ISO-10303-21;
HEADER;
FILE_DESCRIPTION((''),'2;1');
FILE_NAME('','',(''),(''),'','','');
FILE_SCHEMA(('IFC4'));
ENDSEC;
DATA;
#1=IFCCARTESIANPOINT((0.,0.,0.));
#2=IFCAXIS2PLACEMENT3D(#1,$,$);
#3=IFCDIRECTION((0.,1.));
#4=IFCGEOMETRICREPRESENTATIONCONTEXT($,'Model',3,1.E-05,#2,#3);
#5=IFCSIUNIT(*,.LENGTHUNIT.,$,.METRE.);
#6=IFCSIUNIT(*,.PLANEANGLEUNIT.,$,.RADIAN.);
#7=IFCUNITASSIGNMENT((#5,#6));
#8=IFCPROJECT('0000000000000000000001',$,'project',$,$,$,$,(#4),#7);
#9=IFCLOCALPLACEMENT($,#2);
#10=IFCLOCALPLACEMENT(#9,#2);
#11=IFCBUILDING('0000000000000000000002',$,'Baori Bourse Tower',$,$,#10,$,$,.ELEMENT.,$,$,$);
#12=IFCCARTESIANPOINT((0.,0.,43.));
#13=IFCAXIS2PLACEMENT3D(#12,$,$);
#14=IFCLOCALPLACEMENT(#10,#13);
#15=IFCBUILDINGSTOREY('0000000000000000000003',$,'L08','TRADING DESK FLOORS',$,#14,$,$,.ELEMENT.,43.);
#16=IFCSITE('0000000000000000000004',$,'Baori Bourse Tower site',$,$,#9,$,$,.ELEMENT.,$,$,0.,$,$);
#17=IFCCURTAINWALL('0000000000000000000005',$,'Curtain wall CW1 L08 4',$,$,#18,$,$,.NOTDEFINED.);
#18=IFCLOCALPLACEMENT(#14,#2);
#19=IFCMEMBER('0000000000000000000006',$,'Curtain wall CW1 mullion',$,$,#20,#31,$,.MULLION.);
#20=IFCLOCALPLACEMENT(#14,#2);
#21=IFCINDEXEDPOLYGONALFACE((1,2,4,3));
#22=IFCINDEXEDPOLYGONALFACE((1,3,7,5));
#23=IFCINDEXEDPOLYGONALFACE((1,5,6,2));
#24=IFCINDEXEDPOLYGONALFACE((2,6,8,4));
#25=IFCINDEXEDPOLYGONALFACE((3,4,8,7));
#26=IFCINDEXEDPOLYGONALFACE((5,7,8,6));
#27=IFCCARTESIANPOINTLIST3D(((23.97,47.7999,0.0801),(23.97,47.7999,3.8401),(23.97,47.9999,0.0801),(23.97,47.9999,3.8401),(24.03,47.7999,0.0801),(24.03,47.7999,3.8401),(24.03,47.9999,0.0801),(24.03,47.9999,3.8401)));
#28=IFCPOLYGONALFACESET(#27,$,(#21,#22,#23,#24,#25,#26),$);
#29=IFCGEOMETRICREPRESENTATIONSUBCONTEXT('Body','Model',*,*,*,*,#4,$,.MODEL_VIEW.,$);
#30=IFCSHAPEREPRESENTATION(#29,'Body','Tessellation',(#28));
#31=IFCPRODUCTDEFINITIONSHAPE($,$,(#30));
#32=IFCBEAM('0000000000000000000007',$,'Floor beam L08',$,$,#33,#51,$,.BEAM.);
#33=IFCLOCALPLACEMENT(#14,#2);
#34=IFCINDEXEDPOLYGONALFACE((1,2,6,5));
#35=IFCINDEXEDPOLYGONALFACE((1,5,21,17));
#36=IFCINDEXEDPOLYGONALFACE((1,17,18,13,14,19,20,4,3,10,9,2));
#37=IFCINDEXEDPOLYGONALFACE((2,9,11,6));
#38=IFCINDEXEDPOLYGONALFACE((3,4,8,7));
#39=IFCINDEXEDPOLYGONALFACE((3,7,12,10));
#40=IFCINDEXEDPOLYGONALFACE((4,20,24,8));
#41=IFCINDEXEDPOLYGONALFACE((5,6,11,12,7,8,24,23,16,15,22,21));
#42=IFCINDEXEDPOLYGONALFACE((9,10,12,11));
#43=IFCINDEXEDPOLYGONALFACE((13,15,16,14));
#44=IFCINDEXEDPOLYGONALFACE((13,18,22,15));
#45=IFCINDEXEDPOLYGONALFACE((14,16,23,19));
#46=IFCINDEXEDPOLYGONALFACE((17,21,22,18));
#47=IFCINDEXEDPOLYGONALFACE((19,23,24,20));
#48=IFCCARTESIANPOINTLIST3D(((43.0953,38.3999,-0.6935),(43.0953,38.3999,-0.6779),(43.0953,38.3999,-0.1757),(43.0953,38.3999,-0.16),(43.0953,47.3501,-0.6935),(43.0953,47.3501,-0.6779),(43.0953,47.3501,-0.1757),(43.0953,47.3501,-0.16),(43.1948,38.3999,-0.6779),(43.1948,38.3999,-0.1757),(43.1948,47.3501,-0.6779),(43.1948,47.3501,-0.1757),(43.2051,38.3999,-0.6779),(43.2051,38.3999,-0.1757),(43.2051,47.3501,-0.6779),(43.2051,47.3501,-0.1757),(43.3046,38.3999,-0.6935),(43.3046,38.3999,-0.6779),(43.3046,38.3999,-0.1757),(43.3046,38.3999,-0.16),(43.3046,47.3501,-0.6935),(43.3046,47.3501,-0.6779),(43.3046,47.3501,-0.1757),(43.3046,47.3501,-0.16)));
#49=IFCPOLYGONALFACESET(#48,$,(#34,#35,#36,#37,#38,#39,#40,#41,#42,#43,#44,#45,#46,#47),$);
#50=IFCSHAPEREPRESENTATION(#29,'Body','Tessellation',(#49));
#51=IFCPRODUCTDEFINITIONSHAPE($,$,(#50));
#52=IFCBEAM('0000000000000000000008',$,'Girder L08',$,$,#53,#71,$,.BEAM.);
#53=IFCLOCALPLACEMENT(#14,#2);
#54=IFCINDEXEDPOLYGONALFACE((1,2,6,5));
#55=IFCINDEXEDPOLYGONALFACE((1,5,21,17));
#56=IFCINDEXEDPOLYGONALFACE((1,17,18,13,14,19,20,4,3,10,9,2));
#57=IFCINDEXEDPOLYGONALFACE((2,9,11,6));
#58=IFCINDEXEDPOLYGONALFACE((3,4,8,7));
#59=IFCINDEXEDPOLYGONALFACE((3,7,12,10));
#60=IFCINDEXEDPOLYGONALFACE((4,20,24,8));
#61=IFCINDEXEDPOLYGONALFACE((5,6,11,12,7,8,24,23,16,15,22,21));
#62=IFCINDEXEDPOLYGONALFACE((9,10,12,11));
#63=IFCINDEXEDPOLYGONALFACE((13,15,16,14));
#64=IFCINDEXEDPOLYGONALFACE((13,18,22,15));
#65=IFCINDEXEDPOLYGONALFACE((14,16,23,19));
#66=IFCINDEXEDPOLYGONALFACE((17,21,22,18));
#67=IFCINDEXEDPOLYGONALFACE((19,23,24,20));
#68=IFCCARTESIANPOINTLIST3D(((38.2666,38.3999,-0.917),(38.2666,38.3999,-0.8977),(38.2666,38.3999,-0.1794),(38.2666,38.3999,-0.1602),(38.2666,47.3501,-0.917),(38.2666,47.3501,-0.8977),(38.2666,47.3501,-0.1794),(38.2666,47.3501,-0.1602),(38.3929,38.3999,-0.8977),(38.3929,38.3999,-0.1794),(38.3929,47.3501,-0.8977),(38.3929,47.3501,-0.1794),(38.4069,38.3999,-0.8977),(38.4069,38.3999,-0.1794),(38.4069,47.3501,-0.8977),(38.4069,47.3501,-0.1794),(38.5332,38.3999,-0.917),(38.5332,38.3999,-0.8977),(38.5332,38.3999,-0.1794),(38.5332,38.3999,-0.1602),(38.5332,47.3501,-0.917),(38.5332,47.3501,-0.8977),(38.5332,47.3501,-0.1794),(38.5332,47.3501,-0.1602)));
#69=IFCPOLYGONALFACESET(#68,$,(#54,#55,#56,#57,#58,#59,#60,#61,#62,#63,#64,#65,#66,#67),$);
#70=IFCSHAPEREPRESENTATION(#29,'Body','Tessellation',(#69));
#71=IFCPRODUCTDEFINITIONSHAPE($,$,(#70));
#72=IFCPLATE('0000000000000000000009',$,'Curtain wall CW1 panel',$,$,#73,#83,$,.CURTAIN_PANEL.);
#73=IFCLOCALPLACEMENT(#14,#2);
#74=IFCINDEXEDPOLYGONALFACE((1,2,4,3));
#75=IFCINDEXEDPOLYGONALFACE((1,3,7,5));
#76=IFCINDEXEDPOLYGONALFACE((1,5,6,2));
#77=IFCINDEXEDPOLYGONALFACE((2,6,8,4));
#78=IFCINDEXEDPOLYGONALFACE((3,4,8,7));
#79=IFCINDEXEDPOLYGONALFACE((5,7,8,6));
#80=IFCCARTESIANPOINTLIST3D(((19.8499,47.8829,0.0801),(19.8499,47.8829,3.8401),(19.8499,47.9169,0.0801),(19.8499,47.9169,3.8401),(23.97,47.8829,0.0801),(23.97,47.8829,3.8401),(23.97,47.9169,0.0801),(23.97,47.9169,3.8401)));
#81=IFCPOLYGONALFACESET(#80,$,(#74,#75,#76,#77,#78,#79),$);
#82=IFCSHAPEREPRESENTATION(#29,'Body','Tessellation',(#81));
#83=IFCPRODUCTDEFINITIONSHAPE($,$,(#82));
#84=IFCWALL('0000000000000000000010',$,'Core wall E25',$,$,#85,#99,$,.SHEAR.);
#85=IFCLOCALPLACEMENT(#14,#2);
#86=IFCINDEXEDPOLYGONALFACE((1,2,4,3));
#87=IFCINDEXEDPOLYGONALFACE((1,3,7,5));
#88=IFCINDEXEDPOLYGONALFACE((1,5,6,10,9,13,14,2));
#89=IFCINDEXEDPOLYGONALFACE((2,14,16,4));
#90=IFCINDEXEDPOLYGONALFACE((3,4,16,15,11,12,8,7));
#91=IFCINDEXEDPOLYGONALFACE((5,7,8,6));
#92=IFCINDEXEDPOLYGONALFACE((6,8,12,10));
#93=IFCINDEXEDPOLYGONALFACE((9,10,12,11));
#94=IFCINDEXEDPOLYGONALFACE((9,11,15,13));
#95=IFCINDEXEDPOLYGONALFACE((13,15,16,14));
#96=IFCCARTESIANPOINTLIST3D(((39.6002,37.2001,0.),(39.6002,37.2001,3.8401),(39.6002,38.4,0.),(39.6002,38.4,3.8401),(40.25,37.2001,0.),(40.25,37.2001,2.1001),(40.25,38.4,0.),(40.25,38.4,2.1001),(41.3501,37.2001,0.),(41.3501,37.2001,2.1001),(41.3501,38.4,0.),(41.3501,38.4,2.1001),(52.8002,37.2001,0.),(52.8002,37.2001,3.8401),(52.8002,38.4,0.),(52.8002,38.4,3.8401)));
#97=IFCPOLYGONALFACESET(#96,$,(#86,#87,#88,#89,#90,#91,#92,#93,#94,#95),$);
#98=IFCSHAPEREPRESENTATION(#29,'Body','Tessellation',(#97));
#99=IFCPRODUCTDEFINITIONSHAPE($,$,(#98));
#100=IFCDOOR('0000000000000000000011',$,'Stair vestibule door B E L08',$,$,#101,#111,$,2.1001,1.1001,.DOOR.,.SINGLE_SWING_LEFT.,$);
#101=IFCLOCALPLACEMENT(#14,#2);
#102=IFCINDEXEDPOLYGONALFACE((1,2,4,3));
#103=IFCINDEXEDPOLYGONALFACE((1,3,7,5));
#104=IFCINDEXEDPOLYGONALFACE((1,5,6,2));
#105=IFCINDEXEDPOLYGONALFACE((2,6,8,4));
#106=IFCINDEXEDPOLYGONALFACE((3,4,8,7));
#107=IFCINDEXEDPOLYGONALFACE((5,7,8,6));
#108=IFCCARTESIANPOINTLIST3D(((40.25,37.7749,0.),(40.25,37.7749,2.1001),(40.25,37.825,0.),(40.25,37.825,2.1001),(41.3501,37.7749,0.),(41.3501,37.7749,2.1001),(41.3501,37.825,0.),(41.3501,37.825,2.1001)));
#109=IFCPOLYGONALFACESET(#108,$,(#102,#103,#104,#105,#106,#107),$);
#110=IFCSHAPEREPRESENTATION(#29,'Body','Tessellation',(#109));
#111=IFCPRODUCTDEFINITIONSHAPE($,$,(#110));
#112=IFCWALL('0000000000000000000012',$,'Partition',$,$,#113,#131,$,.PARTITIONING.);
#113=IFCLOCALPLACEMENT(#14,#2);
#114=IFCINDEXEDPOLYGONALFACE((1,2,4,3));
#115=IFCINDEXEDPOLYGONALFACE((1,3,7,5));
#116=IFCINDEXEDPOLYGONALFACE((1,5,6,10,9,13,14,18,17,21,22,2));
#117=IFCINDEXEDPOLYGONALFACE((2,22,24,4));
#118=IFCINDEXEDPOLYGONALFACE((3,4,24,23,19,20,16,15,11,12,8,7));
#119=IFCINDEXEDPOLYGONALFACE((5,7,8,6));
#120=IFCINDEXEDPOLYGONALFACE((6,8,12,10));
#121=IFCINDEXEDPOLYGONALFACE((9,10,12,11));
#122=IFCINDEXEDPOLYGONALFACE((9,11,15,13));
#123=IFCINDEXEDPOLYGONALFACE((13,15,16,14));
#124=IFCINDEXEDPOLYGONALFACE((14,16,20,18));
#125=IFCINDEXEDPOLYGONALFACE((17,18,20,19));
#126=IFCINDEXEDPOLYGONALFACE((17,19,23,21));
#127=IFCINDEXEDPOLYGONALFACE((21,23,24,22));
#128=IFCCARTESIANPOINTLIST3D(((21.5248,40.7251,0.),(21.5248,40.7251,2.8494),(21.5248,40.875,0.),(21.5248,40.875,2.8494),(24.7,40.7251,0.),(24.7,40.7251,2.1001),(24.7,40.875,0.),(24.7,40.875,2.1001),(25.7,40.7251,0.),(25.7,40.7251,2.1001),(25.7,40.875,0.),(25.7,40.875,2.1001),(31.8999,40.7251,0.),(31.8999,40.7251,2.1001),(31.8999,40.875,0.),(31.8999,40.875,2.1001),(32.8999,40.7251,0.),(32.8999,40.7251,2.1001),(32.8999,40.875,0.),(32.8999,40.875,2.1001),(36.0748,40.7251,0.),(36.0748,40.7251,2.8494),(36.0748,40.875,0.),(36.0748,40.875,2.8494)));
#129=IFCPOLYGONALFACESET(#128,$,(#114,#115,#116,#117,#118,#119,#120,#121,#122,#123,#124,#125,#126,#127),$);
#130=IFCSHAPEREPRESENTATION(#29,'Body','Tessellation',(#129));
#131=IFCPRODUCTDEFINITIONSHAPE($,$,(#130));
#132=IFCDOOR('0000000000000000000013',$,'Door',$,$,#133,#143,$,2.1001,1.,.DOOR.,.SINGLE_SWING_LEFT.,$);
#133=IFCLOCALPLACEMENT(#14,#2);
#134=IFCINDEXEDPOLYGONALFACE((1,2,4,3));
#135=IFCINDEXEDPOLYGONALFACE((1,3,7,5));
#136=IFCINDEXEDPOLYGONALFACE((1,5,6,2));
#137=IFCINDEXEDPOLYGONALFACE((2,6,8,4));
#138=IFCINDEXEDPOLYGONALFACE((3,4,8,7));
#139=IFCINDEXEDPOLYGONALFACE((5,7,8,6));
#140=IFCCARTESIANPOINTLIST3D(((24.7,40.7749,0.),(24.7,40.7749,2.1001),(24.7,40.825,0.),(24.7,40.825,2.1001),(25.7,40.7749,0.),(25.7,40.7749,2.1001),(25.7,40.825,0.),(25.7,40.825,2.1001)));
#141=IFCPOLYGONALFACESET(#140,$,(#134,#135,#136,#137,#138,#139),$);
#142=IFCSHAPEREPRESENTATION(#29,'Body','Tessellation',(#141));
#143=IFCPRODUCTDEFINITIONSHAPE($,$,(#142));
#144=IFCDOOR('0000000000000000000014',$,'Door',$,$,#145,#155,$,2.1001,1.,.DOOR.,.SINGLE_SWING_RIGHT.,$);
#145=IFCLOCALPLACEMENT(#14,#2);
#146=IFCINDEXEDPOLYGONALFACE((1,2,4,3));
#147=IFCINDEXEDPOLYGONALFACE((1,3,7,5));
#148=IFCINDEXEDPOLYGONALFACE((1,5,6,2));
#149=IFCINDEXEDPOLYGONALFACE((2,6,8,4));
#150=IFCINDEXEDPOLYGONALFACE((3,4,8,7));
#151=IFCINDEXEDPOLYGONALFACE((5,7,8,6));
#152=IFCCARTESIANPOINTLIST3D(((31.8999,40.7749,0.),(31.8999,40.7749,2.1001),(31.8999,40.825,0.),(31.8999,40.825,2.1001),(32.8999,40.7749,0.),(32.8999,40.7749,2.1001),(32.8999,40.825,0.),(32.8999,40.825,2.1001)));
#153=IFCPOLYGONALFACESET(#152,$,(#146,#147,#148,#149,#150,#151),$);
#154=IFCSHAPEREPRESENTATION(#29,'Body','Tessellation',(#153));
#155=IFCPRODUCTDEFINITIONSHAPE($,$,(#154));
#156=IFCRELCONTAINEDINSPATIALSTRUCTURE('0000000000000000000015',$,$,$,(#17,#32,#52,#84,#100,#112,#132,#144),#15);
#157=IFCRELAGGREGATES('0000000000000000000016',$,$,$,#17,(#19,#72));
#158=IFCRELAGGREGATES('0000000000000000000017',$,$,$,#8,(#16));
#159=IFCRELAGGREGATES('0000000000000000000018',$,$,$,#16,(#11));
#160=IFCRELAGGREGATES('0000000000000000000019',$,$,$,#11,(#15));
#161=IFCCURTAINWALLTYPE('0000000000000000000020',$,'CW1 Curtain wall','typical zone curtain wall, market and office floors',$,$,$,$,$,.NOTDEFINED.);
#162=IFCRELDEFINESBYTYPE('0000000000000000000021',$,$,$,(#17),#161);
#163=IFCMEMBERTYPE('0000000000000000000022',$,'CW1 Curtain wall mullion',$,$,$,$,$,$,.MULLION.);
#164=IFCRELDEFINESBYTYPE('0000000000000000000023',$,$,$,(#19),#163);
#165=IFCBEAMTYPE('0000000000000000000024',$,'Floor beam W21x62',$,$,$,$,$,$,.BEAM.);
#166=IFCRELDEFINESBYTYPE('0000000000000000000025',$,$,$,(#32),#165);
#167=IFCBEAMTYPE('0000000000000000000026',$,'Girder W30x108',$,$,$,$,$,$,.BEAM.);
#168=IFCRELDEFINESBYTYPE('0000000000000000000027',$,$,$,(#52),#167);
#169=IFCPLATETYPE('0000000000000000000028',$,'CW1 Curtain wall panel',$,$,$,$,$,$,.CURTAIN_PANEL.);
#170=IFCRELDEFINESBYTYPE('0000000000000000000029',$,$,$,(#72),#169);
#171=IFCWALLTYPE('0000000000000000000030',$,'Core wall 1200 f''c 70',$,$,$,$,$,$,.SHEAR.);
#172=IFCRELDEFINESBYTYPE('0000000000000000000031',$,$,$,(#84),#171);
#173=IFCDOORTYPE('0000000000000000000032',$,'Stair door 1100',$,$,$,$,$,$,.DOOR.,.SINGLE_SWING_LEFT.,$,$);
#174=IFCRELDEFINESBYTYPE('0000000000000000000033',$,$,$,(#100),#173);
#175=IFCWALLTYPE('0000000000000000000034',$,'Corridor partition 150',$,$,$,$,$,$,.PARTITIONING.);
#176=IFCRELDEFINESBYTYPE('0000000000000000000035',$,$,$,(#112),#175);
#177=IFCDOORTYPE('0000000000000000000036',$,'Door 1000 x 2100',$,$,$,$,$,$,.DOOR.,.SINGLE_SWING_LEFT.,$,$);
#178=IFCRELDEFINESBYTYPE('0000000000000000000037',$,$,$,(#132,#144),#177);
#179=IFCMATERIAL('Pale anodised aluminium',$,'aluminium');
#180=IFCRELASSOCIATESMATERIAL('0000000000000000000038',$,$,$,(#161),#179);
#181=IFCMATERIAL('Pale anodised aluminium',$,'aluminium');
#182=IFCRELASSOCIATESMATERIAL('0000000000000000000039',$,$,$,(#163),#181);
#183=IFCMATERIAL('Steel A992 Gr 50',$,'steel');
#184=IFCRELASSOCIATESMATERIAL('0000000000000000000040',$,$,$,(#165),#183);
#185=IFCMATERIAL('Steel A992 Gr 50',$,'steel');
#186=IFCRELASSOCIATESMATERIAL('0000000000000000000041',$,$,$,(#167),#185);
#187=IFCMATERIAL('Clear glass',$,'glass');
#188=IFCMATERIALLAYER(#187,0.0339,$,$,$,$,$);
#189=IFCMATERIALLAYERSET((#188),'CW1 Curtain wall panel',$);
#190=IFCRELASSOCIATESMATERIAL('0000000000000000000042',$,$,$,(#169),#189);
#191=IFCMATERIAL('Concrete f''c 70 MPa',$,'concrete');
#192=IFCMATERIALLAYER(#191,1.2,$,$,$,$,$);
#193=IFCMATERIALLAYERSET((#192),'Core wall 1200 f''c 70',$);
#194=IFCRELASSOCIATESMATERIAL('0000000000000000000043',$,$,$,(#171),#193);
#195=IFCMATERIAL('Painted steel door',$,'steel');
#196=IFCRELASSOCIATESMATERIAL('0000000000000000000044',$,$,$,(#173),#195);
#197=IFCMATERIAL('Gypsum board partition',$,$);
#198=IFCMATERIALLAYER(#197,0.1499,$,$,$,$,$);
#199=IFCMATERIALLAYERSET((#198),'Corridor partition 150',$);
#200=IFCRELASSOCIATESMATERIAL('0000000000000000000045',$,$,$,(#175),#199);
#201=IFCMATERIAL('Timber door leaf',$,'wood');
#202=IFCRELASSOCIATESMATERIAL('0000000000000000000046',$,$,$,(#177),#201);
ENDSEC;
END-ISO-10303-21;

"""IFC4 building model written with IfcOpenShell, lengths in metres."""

from ifc_helpers import new_model, si_unit, direction, frame, frame_2d, origin, origin_2d, place, context, subcontext, project, spatial, rectangle, i_section, extrude, material, layer, layer_set, material_profile, profile_set, type_object, element, fill, aggregate, save


model = new_model("IFC4")

# Units and contexts
model_context = context("Model", 3, precision=1e-05, world=origin(), true_north=direction((0.0, 1.0)))
body_context = subcontext(model_context, "Body", "Model", "MODEL_VIEW")
ifc_project = project(units=[si_unit("LENGTHUNIT", "METRE"), si_unit("PLANEANGLEUNIT", "RADIAN")], contexts=[model_context])

# Site, building, storey
site_placement = place(None, origin())
site = spatial("IfcSite", under=ifc_project, at=site_placement, Name="Baori Bourse Tower site", CompositionType="ELEMENT", RefElevation=0.0)
building_placement = place(site_placement, origin())
building = spatial("IfcBuilding", under=site, at=building_placement, Name="Baori Bourse Tower", CompositionType="ELEMENT")
storey_placement = place(building_placement, frame((0.0, 0.0, 43.0)))
storey = spatial("IfcBuildingStorey", under=building, at=storey_placement, Name="L08", Description="TRADING DESK FLOORS", CompositionType="ELEMENT", Elevation=43.0)

# Curtain wall, member
ifc_material_1 = material(Name="Pale anodised aluminium", Category="aluminium")
curtain_wall_type = type_object("IfcCurtainWallType", Name="CW1 Curtain wall", Description="typical zone curtain wall, market and office floors", PredefinedType="NOTDEFINED", material=ifc_material_1)
curtain_wall_placement = place(storey_placement, origin())
curtain_wall = element("IfcCurtainWall", 1, at=curtain_wall_placement, inside=storey, type_object=curtain_wall_type, Name="Curtain wall CW1 L08 4", PredefinedType="NOTDEFINED")
ifc_material_2 = material(Name="Pale anodised aluminium", Category="aluminium")
ifc_material_profile_1 = material_profile(ifc_material_2, rectangle(XDim=0.2, YDim=0.0601, at=origin_2d()), Name="Mullion 60x200")
ifc_profile_set_1 = profile_set([ifc_material_profile_1], Name="Pale anodised aluminium")
member_type = type_object("IfcMemberType", Name="CW1 Curtain wall mullion", PredefinedType="MULLION", material=ifc_profile_set_1)
member_placement = place(storey_placement, frame((24.0, 47.8999, 0.0801), z_axis=(0.0, 0.0, 1.0), x_axis=(0.0, -1.0, 0.0)))
member = element("IfcMember", 2, at=member_placement, type_object=member_type, Name="Curtain wall CW1 mullion", PredefinedType="MULLION", context=body_context, shape_type="SweptSolid", body=[
    extrude(rectangle(XDim=0.2, YDim=0.0601, at=origin_2d()), origin(), (0.0, 0.0, 1.0), 3.76),
])

# Beams
ifc_material_3 = material(Name="Steel A992 Gr 50", Category="steel")
ifc_material_profile_2 = material_profile(ifc_material_3, i_section(OverallWidth=0.2092, OverallDepth=0.5334, WebThickness=0.0103, FlangeThickness=0.0156, at=origin_2d()), Name="W21x62")
ifc_profile_set_2 = profile_set([ifc_material_profile_2], Name="Steel A992 Gr 50")
beam_type_1 = type_object("IfcBeamType", Name="Floor beam W21x62", PredefinedType="BEAM", material=ifc_profile_set_2)
beam_1_placement = place(storey_placement, frame((43.2, 38.3999, -0.4268), z_axis=(0.0, 1.0, 0.0), x_axis=(-1.0, 0.0, 0.0)))
element("IfcBeam", 3, at=beam_1_placement, inside=storey, type_object=beam_type_1, Name="Floor beam L08", PredefinedType="BEAM", context=body_context, shape_type="SweptSolid", body=[
    extrude(i_section(OverallWidth=0.2092, OverallDepth=0.5334, WebThickness=0.0103, FlangeThickness=0.0156, at=origin_2d()), origin(), (0.0, 0.0, 1.0), 8.9502),
])
ifc_material_4 = material(Name="Steel A992 Gr 50", Category="steel")
ifc_material_profile_3 = material_profile(ifc_material_4, i_section(OverallWidth=0.2666, OverallDepth=0.7568, WebThickness=0.0139, FlangeThickness=0.0193, at=origin_2d()), Name="W30x108")
ifc_profile_set_3 = profile_set([ifc_material_profile_3], Name="Steel A992 Gr 50")
beam_type_2 = type_object("IfcBeamType", Name="Girder W30x108", PredefinedType="BEAM", material=ifc_profile_set_3)
beam_2_placement = place(storey_placement, frame((38.3999, 38.3999, -0.5386), z_axis=(0.0, 1.0, 0.0), x_axis=(-1.0, 0.0, 0.0)))
element("IfcBeam", 4, at=beam_2_placement, inside=storey, type_object=beam_type_2, Name="Girder L08", PredefinedType="BEAM", context=body_context, shape_type="SweptSolid", body=[
    extrude(i_section(OverallWidth=0.2666, OverallDepth=0.7568, WebThickness=0.0139, FlangeThickness=0.0193, at=origin_2d()), origin(), (0.0, 0.0, 1.0), 8.9502),
])

# Plate
ifc_material_5 = material(Name="Clear glass", Category="glass")
ifc_layer_1 = layer(ifc_material_5, 0.0339)
ifc_layer_set_1 = layer_set([ifc_layer_1], Name="CW1 Curtain wall panel")
plate_type = type_object("IfcPlateType", Name="CW1 Curtain wall panel", PredefinedType="CURTAIN_PANEL", material=ifc_layer_set_1)
plate_placement = place(storey_placement, frame((21.9099, 47.8999, 0.0801), z_axis=(0.0, 0.0, 1.0), x_axis=(-1.0, 0.0, 0.0)))
plate = element("IfcPlate", 5, at=plate_placement, type_object=plate_type, Name="Curtain wall CW1 panel", PredefinedType="CURTAIN_PANEL", context=body_context, shape_type="SweptSolid", body=[
    extrude(rectangle(XDim=4.1201, YDim=0.0339, at=origin_2d()), origin(), (0.0, 0.0, 1.0), 3.76),
])
aggregate(curtain_wall, [member, plate])

# Wall, opening, door
ifc_material_6 = material(Name="Concrete f'c 70 MPa", Category="concrete")
ifc_layer_2 = layer(ifc_material_6, 1.2)
ifc_layer_set_2 = layer_set([ifc_layer_2], Name="Core wall 1200 f'c 70")
wall_type_1 = type_object("IfcWallType", Name="Core wall 1200 f'c 70", PredefinedType="SHEAR", material=ifc_layer_set_2)
wall_1_placement = place(storey_placement, frame((39.6001, 37.8, 0.0), z_axis=(0.0, 0.0, 1.0), x_axis=(1.0, 0.0, 0.0)))
wall_1 = element("IfcWall", 6, at=wall_1_placement, inside=storey, type_object=wall_type_1, Name="Core wall E25", PredefinedType="SHEAR", context=body_context, shape_type="SweptSolid", body=[
    extrude(rectangle(XDim=13.2, YDim=1.2, at=frame_2d((6.6001, 0.0))), origin(), (0.0, 0.0, 1.0), 3.8401),
])
opening_1_placement = place(wall_1_placement, frame((0.6499, 0.0, 0.0)))
opening_1 = element("IfcOpeningElement", 7, at=opening_1_placement, cuts=wall_1, PredefinedType="OPENING", context=body_context, shape_type="SweptSolid", body=[
    extrude(rectangle(XDim=1.1001, YDim=2.1001, at=frame_2d((0.55, 1.05))), frame((0.0, 0.6099, 0.0), z_axis=(0.0, -1.0, 0.0), x_axis=(1.0, 0.0, 0.0)), (0.0, 0.0, 1.0), 1.22),
])
ifc_material_7 = material(Name="Painted steel door", Category="steel")
door_type_1 = type_object("IfcDoorType", Name="Stair door 1100", OperationType="SINGLE_SWING_LEFT", PredefinedType="DOOR", material=ifc_material_7)
door_1_placement = place(opening_1_placement, origin())
door_1 = element("IfcDoor", 8, at=door_1_placement, inside=storey, type_object=door_type_1, Name="Stair vestibule door B E L08", OperationType="SINGLE_SWING_LEFT", OverallHeight=2.1001, OverallWidth=1.1001, PredefinedType="DOOR", context=body_context, shape_type="SweptSolid", body=[
    extrude(rectangle(XDim=1.1001, YDim=2.1001, at=frame_2d((0.55, 1.05))), frame((0.0, 0.0249, 0.0), z_axis=(0.0, -1.0, 0.0), x_axis=(1.0, 0.0, 0.0)), (0.0, 0.0, 1.0), 0.05),
])
fill(opening_1, door_1)

# Wall, openings, doors
ifc_material_8 = material(Name="Gypsum board partition")
ifc_layer_3 = layer(ifc_material_8, 0.1499)
ifc_layer_set_3 = layer_set([ifc_layer_3], Name="Corridor partition 150")
wall_type_2 = type_object("IfcWallType", Name="Corridor partition 150", PredefinedType="PARTITIONING", material=ifc_layer_set_3)
wall_2_placement = place(storey_placement, frame((21.5249, 40.8, 0.0), z_axis=(0.0, 0.0, 1.0), x_axis=(1.0, 0.0, 0.0)))
wall_2 = element("IfcWall", 9, at=wall_2_placement, inside=storey, type_object=wall_type_2, Name="Partition", PredefinedType="PARTITIONING", context=body_context, shape_type="SweptSolid", body=[
    extrude(rectangle(XDim=14.55, YDim=0.1499, at=frame_2d((7.2749, 0.0))), origin(), (0.0, 0.0, 1.0), 2.8494),
])
opening_2_placement = place(wall_2_placement, frame((3.175, 0.0, 0.0)))
opening_2 = element("IfcOpeningElement", 10, at=opening_2_placement, cuts=wall_2, PredefinedType="OPENING", context=body_context, shape_type="SweptSolid", body=[
    extrude(rectangle(XDim=1.0, YDim=2.1001, at=frame_2d((0.5, 1.05))), frame((0.0, 0.085, 0.0), z_axis=(0.0, -1.0, 0.0), x_axis=(1.0, 0.0, 0.0)), (0.0, 0.0, 1.0), 0.1699),
])
opening_3_placement = place(wall_2_placement, frame((10.375, 0.0, 0.0)))
opening_3 = element("IfcOpeningElement", 11, at=opening_3_placement, cuts=wall_2, PredefinedType="OPENING", context=body_context, shape_type="SweptSolid", body=[
    extrude(rectangle(XDim=1.0, YDim=2.1001, at=frame_2d((0.5, 1.05))), frame((0.0, 0.085, 0.0), z_axis=(0.0, -1.0, 0.0), x_axis=(1.0, 0.0, 0.0)), (0.0, 0.0, 1.0), 0.1699),
])
ifc_material_9 = material(Name="Timber door leaf", Category="wood")
door_type_2 = type_object("IfcDoorType", Name="Door 1000 x 2100", OperationType="SINGLE_SWING_LEFT", PredefinedType="DOOR", material=ifc_material_9)
door_2_placement = place(opening_2_placement, origin())
door_2 = element("IfcDoor", 12, at=door_2_placement, inside=storey, type_object=door_type_2, Name="Door", OperationType="SINGLE_SWING_LEFT", OverallHeight=2.1001, OverallWidth=1.0, PredefinedType="DOOR", context=body_context, shape_type="SweptSolid", body=[
    extrude(rectangle(XDim=1.0, YDim=2.1001, at=frame_2d((0.5, 1.05))), frame((0.0, 0.0249, 0.0), z_axis=(0.0, -1.0, 0.0), x_axis=(1.0, 0.0, 0.0)), (0.0, 0.0, 1.0), 0.05),
])
fill(opening_2, door_2)
door_3_placement = place(opening_3_placement, origin())
door_3 = element("IfcDoor", 13, at=door_3_placement, inside=storey, type_object=door_type_2, Name="Door", OperationType="SINGLE_SWING_RIGHT", OverallHeight=2.1001, OverallWidth=1.0, PredefinedType="DOOR", context=body_context, shape_type="SweptSolid", body=[
    extrude(rectangle(XDim=1.0, YDim=2.1001, at=frame_2d((0.5, 1.05))), frame((0.0, 0.0249, 0.0), z_axis=(0.0, -1.0, 0.0), x_axis=(1.0, 0.0, 0.0)), (0.0, 0.0, 1.0), 0.05),
])
fill(opening_3, door_3)

save(model, "model.ifc")
